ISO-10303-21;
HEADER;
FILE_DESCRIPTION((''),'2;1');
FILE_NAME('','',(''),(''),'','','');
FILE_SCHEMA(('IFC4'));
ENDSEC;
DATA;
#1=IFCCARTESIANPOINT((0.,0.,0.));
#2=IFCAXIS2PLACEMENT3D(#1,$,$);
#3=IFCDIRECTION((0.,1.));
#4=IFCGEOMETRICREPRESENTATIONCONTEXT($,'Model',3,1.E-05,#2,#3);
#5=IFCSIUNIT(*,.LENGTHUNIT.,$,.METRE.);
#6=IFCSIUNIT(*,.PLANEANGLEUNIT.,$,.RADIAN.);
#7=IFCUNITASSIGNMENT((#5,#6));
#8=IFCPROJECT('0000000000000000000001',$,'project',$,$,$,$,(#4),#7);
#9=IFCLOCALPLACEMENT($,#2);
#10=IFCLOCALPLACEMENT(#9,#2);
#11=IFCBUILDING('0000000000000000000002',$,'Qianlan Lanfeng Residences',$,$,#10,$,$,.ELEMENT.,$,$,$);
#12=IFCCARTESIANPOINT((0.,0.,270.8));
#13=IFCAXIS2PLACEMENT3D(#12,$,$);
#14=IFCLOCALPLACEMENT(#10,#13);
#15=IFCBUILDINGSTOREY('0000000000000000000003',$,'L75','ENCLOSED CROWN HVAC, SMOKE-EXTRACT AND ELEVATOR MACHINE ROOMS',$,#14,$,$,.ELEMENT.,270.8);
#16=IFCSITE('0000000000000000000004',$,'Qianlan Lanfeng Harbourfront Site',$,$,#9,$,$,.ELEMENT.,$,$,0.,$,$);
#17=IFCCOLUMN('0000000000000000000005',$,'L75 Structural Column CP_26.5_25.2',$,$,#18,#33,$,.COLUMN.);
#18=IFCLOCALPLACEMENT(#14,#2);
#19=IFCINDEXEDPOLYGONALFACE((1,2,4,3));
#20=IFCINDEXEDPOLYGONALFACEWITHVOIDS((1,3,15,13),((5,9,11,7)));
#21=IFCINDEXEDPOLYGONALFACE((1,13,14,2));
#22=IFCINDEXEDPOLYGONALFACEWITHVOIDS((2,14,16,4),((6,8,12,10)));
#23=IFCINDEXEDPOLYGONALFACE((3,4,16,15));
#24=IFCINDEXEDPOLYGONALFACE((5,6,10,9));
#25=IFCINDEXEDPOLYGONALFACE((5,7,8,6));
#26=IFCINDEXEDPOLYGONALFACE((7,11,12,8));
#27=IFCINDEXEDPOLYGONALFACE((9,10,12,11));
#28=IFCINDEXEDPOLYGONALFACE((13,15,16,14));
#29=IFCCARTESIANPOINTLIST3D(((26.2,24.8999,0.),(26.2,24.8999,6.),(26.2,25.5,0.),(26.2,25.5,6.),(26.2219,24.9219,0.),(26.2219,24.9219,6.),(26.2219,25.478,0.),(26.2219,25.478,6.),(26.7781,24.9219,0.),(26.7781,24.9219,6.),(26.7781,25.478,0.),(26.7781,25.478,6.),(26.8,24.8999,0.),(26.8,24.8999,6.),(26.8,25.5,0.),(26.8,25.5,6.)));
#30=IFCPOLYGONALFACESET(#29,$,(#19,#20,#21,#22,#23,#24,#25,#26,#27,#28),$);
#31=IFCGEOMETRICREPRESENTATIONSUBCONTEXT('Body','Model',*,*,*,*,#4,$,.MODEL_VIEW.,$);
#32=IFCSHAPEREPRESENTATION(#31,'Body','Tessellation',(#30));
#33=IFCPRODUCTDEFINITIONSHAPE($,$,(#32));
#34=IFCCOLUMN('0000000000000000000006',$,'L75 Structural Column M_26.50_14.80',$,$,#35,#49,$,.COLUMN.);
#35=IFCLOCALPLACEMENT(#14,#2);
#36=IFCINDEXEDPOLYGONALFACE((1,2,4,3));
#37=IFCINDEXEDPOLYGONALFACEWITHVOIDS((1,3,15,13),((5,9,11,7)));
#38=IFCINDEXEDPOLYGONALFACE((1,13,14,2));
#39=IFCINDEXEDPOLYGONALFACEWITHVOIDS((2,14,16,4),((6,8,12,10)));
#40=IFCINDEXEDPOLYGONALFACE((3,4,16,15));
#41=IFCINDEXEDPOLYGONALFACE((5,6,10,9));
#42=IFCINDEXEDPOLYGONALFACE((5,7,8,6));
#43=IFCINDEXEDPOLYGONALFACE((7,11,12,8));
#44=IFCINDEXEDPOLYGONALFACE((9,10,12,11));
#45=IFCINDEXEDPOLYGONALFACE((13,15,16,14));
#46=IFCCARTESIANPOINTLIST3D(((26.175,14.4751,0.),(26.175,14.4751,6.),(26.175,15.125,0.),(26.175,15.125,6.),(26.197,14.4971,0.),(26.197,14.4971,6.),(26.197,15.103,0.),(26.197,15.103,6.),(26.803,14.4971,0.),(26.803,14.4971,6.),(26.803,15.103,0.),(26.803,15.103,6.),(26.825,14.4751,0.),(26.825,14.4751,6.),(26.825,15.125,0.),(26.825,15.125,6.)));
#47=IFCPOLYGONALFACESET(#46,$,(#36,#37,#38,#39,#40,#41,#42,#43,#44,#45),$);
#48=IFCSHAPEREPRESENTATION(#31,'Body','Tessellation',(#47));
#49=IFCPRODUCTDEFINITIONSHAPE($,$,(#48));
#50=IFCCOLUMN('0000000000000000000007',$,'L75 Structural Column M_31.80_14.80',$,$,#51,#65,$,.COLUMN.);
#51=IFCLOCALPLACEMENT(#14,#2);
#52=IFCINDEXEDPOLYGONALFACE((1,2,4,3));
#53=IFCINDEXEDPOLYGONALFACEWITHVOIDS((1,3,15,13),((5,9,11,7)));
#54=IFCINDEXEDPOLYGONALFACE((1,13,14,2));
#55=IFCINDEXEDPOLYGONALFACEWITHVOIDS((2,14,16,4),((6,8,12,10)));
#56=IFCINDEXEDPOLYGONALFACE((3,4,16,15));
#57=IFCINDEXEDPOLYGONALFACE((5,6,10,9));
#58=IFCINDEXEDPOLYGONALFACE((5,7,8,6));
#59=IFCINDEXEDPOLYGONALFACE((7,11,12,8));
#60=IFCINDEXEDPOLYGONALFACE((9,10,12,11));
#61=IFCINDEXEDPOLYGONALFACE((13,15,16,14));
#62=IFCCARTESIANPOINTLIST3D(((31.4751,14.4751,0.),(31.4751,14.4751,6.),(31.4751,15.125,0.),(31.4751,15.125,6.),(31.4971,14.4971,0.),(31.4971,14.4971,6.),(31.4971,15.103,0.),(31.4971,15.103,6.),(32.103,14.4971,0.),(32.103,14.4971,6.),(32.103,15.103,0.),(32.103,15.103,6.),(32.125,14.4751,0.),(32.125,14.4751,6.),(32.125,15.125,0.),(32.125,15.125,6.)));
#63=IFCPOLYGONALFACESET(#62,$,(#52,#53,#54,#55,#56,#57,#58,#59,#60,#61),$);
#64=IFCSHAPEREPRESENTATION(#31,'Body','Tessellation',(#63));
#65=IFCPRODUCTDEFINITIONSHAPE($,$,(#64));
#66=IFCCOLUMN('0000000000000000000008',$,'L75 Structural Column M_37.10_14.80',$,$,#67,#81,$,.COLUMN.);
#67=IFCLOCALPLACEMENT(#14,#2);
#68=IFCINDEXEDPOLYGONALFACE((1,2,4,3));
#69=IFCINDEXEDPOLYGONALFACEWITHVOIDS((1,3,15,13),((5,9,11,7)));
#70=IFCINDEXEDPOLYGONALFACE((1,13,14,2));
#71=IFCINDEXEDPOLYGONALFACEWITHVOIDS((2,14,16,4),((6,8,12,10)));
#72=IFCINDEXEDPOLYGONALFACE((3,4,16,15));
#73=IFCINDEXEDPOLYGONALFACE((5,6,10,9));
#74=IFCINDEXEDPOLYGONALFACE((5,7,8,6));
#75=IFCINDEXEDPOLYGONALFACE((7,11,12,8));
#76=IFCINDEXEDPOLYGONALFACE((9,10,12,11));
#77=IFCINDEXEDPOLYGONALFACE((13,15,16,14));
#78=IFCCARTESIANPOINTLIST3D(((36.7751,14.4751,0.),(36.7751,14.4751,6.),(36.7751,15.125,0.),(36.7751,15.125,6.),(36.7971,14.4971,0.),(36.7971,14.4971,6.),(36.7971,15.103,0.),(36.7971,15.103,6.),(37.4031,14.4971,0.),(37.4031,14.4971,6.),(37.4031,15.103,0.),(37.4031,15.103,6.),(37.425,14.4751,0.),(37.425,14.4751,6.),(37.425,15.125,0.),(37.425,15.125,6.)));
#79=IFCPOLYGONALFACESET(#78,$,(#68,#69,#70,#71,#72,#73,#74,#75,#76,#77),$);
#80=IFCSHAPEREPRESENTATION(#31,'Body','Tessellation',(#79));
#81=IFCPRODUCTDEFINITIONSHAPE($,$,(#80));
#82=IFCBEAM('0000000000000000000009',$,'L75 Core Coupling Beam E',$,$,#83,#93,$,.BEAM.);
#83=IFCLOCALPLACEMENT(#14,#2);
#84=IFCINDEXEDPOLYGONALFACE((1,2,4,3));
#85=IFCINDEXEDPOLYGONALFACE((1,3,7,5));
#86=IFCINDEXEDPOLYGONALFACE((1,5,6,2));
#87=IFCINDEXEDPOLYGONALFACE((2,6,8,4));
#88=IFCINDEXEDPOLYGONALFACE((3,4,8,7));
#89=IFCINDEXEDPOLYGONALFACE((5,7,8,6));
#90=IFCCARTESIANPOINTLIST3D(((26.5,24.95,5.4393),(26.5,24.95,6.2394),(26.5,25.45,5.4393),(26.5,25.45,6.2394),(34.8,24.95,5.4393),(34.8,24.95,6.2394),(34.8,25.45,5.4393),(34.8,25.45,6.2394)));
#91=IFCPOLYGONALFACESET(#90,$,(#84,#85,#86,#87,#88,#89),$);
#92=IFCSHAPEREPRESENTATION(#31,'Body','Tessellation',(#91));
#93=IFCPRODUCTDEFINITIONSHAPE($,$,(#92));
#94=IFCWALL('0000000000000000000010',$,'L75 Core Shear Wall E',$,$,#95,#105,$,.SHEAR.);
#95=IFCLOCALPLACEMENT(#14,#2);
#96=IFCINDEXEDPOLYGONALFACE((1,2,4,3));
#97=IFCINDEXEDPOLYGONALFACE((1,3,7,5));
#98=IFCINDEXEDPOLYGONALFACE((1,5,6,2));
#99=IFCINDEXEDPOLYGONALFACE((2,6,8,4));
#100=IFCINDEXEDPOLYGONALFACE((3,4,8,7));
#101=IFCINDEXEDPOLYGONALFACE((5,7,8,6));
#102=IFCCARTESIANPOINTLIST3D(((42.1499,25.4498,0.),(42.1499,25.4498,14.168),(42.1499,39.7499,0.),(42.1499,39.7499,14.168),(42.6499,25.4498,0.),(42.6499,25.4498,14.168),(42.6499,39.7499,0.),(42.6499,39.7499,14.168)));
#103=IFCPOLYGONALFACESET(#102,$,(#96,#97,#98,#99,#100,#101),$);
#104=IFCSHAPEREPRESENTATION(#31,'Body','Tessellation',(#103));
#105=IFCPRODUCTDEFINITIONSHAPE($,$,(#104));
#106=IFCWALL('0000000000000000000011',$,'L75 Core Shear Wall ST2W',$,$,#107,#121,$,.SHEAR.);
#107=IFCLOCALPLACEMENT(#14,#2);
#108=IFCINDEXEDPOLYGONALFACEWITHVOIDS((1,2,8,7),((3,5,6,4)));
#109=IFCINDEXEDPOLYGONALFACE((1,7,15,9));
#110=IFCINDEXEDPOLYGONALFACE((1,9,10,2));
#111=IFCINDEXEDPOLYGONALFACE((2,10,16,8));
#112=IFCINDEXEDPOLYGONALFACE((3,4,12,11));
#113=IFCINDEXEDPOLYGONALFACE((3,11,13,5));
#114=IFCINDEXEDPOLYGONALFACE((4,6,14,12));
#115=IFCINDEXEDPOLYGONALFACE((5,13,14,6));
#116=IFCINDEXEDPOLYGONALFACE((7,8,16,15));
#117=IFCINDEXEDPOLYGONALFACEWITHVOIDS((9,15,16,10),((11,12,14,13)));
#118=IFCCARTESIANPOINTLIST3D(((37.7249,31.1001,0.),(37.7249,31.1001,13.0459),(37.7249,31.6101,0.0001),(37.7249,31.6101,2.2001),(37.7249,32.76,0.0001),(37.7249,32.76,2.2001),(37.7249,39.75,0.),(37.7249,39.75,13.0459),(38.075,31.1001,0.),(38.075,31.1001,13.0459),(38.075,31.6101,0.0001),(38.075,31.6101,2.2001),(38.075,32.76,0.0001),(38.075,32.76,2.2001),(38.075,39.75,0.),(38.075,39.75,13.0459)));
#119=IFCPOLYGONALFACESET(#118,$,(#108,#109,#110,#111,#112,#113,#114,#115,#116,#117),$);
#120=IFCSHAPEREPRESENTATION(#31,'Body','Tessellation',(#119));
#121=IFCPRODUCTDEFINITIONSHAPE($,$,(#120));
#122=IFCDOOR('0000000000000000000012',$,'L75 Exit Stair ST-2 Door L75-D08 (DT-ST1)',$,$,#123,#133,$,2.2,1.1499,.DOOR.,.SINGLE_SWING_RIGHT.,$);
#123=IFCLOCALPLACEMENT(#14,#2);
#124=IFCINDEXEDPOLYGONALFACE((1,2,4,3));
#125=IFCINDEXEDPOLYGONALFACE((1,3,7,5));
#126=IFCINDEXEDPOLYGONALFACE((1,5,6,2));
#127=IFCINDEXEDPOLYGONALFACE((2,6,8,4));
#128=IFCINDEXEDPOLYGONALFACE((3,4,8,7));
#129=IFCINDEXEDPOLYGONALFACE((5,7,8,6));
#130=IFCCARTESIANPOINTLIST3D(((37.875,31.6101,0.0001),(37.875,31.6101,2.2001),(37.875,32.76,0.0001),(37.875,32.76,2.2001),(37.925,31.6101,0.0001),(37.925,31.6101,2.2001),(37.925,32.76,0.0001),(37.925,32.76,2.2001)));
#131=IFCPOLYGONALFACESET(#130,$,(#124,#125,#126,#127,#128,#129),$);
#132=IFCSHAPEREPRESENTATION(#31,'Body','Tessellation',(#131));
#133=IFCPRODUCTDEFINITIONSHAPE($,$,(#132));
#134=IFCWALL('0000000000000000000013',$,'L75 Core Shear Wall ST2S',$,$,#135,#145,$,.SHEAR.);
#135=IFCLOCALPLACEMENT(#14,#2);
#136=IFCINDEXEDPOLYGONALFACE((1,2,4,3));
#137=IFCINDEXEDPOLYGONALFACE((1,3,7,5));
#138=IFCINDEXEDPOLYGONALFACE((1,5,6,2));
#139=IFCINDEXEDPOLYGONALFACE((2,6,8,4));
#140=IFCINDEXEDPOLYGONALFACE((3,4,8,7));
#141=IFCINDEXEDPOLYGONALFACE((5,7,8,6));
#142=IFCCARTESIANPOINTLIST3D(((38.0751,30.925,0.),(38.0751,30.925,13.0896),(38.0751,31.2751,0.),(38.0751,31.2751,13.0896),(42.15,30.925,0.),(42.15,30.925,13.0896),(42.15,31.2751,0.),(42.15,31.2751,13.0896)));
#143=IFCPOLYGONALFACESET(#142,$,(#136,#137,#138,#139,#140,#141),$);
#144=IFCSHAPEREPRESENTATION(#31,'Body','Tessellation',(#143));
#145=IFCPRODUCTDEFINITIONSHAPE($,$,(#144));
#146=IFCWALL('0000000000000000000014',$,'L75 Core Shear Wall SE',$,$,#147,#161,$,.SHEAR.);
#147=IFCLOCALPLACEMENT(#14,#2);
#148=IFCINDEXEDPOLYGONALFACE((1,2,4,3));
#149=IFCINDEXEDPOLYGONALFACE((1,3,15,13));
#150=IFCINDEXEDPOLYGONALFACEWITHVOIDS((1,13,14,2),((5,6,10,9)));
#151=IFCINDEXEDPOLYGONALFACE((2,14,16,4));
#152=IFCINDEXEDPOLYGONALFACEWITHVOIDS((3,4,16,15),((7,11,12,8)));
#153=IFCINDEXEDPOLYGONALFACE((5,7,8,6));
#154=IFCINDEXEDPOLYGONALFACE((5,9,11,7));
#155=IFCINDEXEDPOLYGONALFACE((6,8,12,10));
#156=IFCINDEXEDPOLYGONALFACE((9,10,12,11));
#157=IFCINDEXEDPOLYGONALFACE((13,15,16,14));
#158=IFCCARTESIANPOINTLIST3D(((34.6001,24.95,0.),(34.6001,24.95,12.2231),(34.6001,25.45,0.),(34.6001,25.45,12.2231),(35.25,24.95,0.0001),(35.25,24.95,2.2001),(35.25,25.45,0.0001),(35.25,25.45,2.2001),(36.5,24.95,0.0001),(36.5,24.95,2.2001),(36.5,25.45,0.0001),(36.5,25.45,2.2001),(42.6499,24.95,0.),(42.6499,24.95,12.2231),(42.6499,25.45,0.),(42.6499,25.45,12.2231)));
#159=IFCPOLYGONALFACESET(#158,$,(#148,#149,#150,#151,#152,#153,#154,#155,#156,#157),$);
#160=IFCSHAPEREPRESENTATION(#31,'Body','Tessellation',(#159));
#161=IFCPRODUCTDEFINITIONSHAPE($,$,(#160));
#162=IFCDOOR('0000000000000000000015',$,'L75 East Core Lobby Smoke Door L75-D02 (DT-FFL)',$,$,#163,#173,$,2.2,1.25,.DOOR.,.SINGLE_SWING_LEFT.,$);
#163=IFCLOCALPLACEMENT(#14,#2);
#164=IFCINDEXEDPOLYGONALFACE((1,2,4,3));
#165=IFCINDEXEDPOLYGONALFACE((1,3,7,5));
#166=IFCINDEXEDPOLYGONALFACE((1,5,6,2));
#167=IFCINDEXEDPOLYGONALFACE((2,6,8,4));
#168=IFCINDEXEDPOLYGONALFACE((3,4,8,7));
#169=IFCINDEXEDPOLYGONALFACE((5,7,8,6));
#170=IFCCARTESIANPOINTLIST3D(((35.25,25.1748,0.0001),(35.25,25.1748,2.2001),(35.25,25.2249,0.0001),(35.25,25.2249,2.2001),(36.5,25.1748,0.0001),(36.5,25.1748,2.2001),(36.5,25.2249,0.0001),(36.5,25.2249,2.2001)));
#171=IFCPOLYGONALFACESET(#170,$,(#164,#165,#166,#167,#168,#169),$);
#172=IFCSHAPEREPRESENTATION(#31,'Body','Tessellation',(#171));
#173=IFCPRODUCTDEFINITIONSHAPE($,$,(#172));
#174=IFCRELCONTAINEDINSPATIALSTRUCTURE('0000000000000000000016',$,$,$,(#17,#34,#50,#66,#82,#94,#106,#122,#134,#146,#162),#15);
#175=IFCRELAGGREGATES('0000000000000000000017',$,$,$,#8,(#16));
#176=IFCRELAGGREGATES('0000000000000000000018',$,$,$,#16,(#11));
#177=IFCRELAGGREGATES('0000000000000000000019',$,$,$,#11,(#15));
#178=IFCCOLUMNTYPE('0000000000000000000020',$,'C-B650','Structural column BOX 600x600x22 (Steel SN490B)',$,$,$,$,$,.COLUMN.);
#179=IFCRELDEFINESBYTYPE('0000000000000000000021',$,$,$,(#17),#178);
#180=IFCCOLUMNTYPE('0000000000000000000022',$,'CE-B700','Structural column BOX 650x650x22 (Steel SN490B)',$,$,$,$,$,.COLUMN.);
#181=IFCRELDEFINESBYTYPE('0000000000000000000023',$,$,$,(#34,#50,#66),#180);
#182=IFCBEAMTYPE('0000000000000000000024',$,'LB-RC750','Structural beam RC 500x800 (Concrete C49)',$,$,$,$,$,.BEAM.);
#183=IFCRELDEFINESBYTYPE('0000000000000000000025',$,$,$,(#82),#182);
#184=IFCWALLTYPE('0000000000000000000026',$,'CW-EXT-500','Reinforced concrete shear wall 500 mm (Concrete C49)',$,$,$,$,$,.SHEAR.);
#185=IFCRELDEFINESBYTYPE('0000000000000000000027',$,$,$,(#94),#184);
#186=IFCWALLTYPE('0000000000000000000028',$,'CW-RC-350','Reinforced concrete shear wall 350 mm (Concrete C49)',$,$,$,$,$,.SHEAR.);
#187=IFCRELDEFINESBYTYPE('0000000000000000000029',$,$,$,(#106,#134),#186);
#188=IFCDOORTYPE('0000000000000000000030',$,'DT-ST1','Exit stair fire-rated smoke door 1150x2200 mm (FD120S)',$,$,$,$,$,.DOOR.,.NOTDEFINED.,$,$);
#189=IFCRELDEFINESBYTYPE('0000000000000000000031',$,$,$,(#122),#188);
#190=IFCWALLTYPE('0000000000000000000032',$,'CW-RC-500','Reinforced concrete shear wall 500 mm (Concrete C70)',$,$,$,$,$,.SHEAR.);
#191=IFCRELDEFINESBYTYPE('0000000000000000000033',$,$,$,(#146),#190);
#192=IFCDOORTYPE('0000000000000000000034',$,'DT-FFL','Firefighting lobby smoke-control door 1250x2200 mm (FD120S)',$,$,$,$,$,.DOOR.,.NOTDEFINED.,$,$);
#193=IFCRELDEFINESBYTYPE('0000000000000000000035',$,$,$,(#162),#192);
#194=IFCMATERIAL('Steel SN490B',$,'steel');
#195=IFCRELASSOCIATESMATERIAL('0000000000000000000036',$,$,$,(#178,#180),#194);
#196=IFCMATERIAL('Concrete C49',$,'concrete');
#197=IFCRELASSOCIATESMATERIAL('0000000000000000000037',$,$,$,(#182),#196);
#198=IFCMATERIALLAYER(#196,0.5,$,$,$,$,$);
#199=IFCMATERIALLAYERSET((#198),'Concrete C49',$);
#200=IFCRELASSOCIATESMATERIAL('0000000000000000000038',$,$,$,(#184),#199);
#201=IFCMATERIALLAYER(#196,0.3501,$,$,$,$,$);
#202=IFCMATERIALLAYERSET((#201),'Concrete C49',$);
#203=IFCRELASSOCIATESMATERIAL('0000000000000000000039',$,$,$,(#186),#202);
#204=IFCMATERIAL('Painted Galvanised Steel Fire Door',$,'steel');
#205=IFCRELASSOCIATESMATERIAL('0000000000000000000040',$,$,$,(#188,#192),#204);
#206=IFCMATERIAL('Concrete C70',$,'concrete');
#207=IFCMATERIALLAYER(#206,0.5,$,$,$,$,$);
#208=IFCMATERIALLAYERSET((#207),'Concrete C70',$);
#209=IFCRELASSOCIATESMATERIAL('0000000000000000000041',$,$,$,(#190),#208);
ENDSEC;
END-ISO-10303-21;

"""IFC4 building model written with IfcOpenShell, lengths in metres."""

from ifc_helpers import new_model, si_unit, direction, frame, frame_2d, origin, origin_2d, place, context, subcontext, project, spatial, rectangle, hollow_rectangle, extrude, material, layer, layer_set, material_profile, profile_set, type_object, element, fill, save


model = new_model("IFC4")

# Units and contexts
model_context = context("Model", 3, precision=1e-05, world=origin(), true_north=direction((0.0, 1.0)))
body_context = subcontext(model_context, "Body", "Model", "MODEL_VIEW")
ifc_project = project(units=[si_unit("LENGTHUNIT", "METRE"), si_unit("PLANEANGLEUNIT", "RADIAN")], contexts=[model_context])

# Site, building, storey
site_placement = place(None, origin())
site = spatial("IfcSite", under=ifc_project, at=site_placement, Name="Qianlan Lanfeng Harbourfront Site", CompositionType="ELEMENT", RefElevation=0.0)
building_placement = place(site_placement, origin())
building = spatial("IfcBuilding", under=site, at=building_placement, Name="Qianlan Lanfeng Residences", CompositionType="ELEMENT")
storey_placement = place(building_placement, frame((0.0, 0.0, 270.8)))
storey = spatial("IfcBuildingStorey", under=building, at=storey_placement, Name="L75", Description="ENCLOSED CROWN HVAC, SMOKE-EXTRACT AND ELEVATOR MACHINE ROOMS", CompositionType="ELEMENT", Elevation=270.8)

# Columns
ifc_material_1 = material(Name="Steel SN490B", Category="steel")
ifc_material_profile_1 = material_profile(ifc_material_1, hollow_rectangle(XDim=0.6001, YDim=0.6001, WallThickness=0.022, at=origin_2d()), Name="BOX 600x600x22")
ifc_profile_set_1 = profile_set([ifc_material_profile_1], Name="Steel SN490B")
column_type_1 = type_object("IfcColumnType", Name="C-B650", Description="Structural column BOX 600x600x22 (Steel SN490B)", PredefinedType="COLUMN", material=ifc_profile_set_1)
column_placement = place(storey_placement, frame((26.5, 25.2, 0.0), z_axis=(0.0, 0.0, 1.0), x_axis=(1.0, 0.0, 0.0)))
element("IfcColumn", 1, at=column_placement, inside=storey, type_object=column_type_1, Name="L75 Structural Column CP_26.5_25.2", PredefinedType="COLUMN", context=body_context, shape_type="SweptSolid", body=[
    extrude(hollow_rectangle(XDim=0.6001, YDim=0.6001, WallThickness=0.022, at=origin_2d()), origin(), (0.0, 0.0, 1.0), 6.0),
])
ifc_material_profile_2 = material_profile(ifc_material_1, hollow_rectangle(XDim=0.6499, YDim=0.6499, WallThickness=0.022, at=origin_2d()), Name="BOX 650x650x22")
ifc_profile_set_2 = profile_set([ifc_material_profile_2], Name="Steel SN490B")
column_type_2 = type_object("IfcColumnType", Name="CE-B700", Description="Structural column BOX 650x650x22 (Steel SN490B)", PredefinedType="COLUMN", material=ifc_profile_set_2)
for number, where, z_axis, x_axis, name in (
    (2, (26.5, 14.8, 0.0), (0.0, 0.0, 1.0), (1.0, 0.0, 0.0), "L75 Structural Column M_26.50_14.80"),
    (3, (31.8, 14.8, 0.0), (0.0, 0.0, 1.0), (1.0, 0.0, 0.0), "L75 Structural Column M_31.80_14.80"),
    (4, (37.1001, 14.8, 0.0), (0.0, 0.0, 1.0), (1.0, 0.0, 0.0), "L75 Structural Column M_37.10_14.80"),
):
    element("IfcColumn", number, at=place(storey_placement, frame(where, z_axis=z_axis, x_axis=x_axis)), inside=storey, type_object=column_type_2, Name=name, PredefinedType="COLUMN", context=body_context, shape_type="SweptSolid", body=[
        extrude(hollow_rectangle(XDim=0.6499, YDim=0.6499, WallThickness=0.022, at=origin_2d()), origin(), (0.0, 0.0, 1.0), 6.0),
    ])

# Beam
ifc_material_2 = material(Name="Concrete C49", Category="concrete")
ifc_material_profile_3 = material_profile(ifc_material_2, rectangle(XDim=0.5, YDim=0.8, at=origin_2d()), Name="RC 500x800")
ifc_profile_set_3 = profile_set([ifc_material_profile_3], Name="Concrete C49")
beam_type = type_object("IfcBeamType", Name="LB-RC750", Description="Structural beam RC 500x800 (Concrete C49)", PredefinedType="BEAM", material=ifc_profile_set_3)
beam_placement = place(storey_placement, frame((26.5, 25.2, 5.8394), z_axis=(1.0, 0.0, 0.0), x_axis=(0.0, 1.0, 0.0)))
element("IfcBeam", 5, at=beam_placement, inside=storey, type_object=beam_type, Name="L75 Core Coupling Beam E", PredefinedType="BEAM", context=body_context, shape_type="SweptSolid", body=[
    extrude(rectangle(XDim=0.5, YDim=0.8, at=origin_2d()), origin(), (0.0, 0.0, 1.0), 8.3),
])

# Wall
ifc_layer_1 = layer(ifc_material_2, 0.5)
ifc_layer_set_1 = layer_set([ifc_layer_1], Name="Concrete C49")
wall_type_1 = type_object("IfcWallType", Name="CW-EXT-500", Description="Reinforced concrete shear wall 500 mm (Concrete C49)", PredefinedType="SHEAR", material=ifc_layer_set_1)
wall_1_placement = place(storey_placement, frame((42.3999, 25.45, 0.0), z_axis=(0.0, 0.0, 1.0), x_axis=(0.0, 1.0, 0.0)))
element("IfcWall", 6, at=wall_1_placement, inside=storey, type_object=wall_type_1, Name="L75 Core Shear Wall E", PredefinedType="SHEAR", context=body_context, shape_type="SweptSolid", body=[
    extrude(rectangle(XDim=14.3, YDim=0.5, at=frame_2d((7.1499, 0.0))), origin(), (0.0, 0.0, 1.0), 14.168),
])

# Wall, opening, door
ifc_layer_2 = layer(ifc_material_2, 0.3501)
ifc_layer_set_2 = layer_set([ifc_layer_2], Name="Concrete C49")
wall_type_2 = type_object("IfcWallType", Name="CW-RC-350", Description="Reinforced concrete shear wall 350 mm (Concrete C49)", PredefinedType="SHEAR", material=ifc_layer_set_2)
wall_2_placement = place(storey_placement, frame((37.8999, 31.1001, 0.0), z_axis=(0.0, 0.0, 1.0), x_axis=(0.0, 1.0, 0.0)))
wall_2 = element("IfcWall", 7, at=wall_2_placement, inside=storey, type_object=wall_type_2, Name="L75 Core Shear Wall ST2W", PredefinedType="SHEAR", context=body_context, shape_type="SweptSolid", body=[
    extrude(rectangle(XDim=8.6499, YDim=0.3501, at=frame_2d((4.325, 0.0))), origin(), (0.0, 0.0, 1.0), 13.0459),
])
opening_1_placement = place(wall_2_placement, frame((0.51, 0.0, 0.0)))
opening_1 = element("IfcOpeningElement", 8, at=opening_1_placement, cuts=wall_2, PredefinedType="OPENING", context=body_context, shape_type="SweptSolid", body=[
    extrude(rectangle(XDim=1.1499, YDim=2.2, at=frame_2d((0.575, 1.1001))), frame((0.0, 0.1851, 0.0), z_axis=(0.0, -1.0, 0.0), x_axis=(1.0, 0.0, 0.0)), (0.0, 0.0, 1.0), 0.3701),
])
ifc_material_3 = material(Name="Painted Galvanised Steel Fire Door", Category="steel")
door_type_1 = type_object("IfcDoorType", Name="DT-ST1", Description="Exit stair fire-rated smoke door 1150x2200 mm (FD120S)", OperationType="NOTDEFINED", PredefinedType="DOOR", material=ifc_material_3)
door_1_placement = place(opening_1_placement, origin())
door_1 = element("IfcDoor", 9, at=door_1_placement, inside=storey, type_object=door_type_1, Name="L75 Exit Stair ST-2 Door L75-D08 (DT-ST1)", OperationType="SINGLE_SWING_RIGHT", OverallHeight=2.2, OverallWidth=1.1499, PredefinedType="DOOR", context=body_context, shape_type="SweptSolid", body=[
    extrude(rectangle(XDim=1.1499, YDim=2.2, at=frame_2d((0.575, 1.1001))), frame((0.0, 0.0249, 0.0), z_axis=(0.0, -1.0, 0.0), x_axis=(1.0, 0.0, 0.0)), (0.0, 0.0, 1.0), 0.05),
])
fill(opening_1, door_1)

# Wall
wall_3_placement = place(storey_placement, frame((38.075, 31.1001, 0.0), z_axis=(0.0, 0.0, 1.0), x_axis=(1.0, 0.0, 0.0)))
element("IfcWall", 10, at=wall_3_placement, inside=storey, type_object=wall_type_2, Name="L75 Core Shear Wall ST2S", PredefinedType="SHEAR", context=body_context, shape_type="SweptSolid", body=[
    extrude(rectangle(XDim=4.075, YDim=0.3501, at=frame_2d((2.0376, 0.0))), origin(), (0.0, 0.0, 1.0), 13.0896),
])

# Wall, opening, door
ifc_material_4 = material(Name="Concrete C70", Category="concrete")
ifc_layer_3 = layer(ifc_material_4, 0.5)
ifc_layer_set_3 = layer_set([ifc_layer_3], Name="Concrete C70")
wall_type_3 = type_object("IfcWallType", Name="CW-RC-500", Description="Reinforced concrete shear wall 500 mm (Concrete C70)", PredefinedType="SHEAR", material=ifc_layer_set_3)
wall_4_placement = place(storey_placement, frame((34.6001, 25.2, 0.0), z_axis=(0.0, 0.0, 1.0), x_axis=(1.0, 0.0, 0.0)))
wall_4 = element("IfcWall", 11, at=wall_4_placement, inside=storey, type_object=wall_type_3, Name="L75 Core Shear Wall SE", PredefinedType="SHEAR", context=body_context, shape_type="SweptSolid", body=[
    extrude(rectangle(XDim=8.0498, YDim=0.5, at=frame_2d((4.0249, 0.0))), origin(), (0.0, 0.0, 1.0), 12.2231),
])
opening_2_placement = place(wall_4_placement, frame((0.6499, 0.0, 0.0)))
opening_2 = element("IfcOpeningElement", 12, at=opening_2_placement, cuts=wall_4, PredefinedType="OPENING", context=body_context, shape_type="SweptSolid", body=[
    extrude(rectangle(XDim=1.25, YDim=2.2, at=frame_2d((0.625, 1.1001))), frame((0.0, 0.26, 0.0), z_axis=(0.0, -1.0, 0.0), x_axis=(1.0, 0.0, 0.0)), (0.0, 0.0, 1.0), 0.52),
])
door_type_2 = type_object("IfcDoorType", Name="DT-FFL", Description="Firefighting lobby smoke-control door 1250x2200 mm (FD120S)", OperationType="NOTDEFINED", PredefinedType="DOOR", material=ifc_material_3)
door_2_placement = place(opening_2_placement, origin())
door_2 = element("IfcDoor", 13, at=door_2_placement, inside=storey, type_object=door_type_2, Name="L75 East Core Lobby Smoke Door L75-D02 (DT-FFL)", OperationType="SINGLE_SWING_LEFT", OverallHeight=2.2, OverallWidth=1.25, PredefinedType="DOOR", context=body_context, shape_type="SweptSolid", body=[
    extrude(rectangle(XDim=1.25, YDim=2.2, at=frame_2d((0.625, 1.1001))), frame((0.0, 0.0249, 0.0), z_axis=(0.0, -1.0, 0.0), x_axis=(1.0, 0.0, 0.0)), (0.0, 0.0, 1.0), 0.05),
])
fill(opening_2, door_2)

save(model, "model.ifc")
